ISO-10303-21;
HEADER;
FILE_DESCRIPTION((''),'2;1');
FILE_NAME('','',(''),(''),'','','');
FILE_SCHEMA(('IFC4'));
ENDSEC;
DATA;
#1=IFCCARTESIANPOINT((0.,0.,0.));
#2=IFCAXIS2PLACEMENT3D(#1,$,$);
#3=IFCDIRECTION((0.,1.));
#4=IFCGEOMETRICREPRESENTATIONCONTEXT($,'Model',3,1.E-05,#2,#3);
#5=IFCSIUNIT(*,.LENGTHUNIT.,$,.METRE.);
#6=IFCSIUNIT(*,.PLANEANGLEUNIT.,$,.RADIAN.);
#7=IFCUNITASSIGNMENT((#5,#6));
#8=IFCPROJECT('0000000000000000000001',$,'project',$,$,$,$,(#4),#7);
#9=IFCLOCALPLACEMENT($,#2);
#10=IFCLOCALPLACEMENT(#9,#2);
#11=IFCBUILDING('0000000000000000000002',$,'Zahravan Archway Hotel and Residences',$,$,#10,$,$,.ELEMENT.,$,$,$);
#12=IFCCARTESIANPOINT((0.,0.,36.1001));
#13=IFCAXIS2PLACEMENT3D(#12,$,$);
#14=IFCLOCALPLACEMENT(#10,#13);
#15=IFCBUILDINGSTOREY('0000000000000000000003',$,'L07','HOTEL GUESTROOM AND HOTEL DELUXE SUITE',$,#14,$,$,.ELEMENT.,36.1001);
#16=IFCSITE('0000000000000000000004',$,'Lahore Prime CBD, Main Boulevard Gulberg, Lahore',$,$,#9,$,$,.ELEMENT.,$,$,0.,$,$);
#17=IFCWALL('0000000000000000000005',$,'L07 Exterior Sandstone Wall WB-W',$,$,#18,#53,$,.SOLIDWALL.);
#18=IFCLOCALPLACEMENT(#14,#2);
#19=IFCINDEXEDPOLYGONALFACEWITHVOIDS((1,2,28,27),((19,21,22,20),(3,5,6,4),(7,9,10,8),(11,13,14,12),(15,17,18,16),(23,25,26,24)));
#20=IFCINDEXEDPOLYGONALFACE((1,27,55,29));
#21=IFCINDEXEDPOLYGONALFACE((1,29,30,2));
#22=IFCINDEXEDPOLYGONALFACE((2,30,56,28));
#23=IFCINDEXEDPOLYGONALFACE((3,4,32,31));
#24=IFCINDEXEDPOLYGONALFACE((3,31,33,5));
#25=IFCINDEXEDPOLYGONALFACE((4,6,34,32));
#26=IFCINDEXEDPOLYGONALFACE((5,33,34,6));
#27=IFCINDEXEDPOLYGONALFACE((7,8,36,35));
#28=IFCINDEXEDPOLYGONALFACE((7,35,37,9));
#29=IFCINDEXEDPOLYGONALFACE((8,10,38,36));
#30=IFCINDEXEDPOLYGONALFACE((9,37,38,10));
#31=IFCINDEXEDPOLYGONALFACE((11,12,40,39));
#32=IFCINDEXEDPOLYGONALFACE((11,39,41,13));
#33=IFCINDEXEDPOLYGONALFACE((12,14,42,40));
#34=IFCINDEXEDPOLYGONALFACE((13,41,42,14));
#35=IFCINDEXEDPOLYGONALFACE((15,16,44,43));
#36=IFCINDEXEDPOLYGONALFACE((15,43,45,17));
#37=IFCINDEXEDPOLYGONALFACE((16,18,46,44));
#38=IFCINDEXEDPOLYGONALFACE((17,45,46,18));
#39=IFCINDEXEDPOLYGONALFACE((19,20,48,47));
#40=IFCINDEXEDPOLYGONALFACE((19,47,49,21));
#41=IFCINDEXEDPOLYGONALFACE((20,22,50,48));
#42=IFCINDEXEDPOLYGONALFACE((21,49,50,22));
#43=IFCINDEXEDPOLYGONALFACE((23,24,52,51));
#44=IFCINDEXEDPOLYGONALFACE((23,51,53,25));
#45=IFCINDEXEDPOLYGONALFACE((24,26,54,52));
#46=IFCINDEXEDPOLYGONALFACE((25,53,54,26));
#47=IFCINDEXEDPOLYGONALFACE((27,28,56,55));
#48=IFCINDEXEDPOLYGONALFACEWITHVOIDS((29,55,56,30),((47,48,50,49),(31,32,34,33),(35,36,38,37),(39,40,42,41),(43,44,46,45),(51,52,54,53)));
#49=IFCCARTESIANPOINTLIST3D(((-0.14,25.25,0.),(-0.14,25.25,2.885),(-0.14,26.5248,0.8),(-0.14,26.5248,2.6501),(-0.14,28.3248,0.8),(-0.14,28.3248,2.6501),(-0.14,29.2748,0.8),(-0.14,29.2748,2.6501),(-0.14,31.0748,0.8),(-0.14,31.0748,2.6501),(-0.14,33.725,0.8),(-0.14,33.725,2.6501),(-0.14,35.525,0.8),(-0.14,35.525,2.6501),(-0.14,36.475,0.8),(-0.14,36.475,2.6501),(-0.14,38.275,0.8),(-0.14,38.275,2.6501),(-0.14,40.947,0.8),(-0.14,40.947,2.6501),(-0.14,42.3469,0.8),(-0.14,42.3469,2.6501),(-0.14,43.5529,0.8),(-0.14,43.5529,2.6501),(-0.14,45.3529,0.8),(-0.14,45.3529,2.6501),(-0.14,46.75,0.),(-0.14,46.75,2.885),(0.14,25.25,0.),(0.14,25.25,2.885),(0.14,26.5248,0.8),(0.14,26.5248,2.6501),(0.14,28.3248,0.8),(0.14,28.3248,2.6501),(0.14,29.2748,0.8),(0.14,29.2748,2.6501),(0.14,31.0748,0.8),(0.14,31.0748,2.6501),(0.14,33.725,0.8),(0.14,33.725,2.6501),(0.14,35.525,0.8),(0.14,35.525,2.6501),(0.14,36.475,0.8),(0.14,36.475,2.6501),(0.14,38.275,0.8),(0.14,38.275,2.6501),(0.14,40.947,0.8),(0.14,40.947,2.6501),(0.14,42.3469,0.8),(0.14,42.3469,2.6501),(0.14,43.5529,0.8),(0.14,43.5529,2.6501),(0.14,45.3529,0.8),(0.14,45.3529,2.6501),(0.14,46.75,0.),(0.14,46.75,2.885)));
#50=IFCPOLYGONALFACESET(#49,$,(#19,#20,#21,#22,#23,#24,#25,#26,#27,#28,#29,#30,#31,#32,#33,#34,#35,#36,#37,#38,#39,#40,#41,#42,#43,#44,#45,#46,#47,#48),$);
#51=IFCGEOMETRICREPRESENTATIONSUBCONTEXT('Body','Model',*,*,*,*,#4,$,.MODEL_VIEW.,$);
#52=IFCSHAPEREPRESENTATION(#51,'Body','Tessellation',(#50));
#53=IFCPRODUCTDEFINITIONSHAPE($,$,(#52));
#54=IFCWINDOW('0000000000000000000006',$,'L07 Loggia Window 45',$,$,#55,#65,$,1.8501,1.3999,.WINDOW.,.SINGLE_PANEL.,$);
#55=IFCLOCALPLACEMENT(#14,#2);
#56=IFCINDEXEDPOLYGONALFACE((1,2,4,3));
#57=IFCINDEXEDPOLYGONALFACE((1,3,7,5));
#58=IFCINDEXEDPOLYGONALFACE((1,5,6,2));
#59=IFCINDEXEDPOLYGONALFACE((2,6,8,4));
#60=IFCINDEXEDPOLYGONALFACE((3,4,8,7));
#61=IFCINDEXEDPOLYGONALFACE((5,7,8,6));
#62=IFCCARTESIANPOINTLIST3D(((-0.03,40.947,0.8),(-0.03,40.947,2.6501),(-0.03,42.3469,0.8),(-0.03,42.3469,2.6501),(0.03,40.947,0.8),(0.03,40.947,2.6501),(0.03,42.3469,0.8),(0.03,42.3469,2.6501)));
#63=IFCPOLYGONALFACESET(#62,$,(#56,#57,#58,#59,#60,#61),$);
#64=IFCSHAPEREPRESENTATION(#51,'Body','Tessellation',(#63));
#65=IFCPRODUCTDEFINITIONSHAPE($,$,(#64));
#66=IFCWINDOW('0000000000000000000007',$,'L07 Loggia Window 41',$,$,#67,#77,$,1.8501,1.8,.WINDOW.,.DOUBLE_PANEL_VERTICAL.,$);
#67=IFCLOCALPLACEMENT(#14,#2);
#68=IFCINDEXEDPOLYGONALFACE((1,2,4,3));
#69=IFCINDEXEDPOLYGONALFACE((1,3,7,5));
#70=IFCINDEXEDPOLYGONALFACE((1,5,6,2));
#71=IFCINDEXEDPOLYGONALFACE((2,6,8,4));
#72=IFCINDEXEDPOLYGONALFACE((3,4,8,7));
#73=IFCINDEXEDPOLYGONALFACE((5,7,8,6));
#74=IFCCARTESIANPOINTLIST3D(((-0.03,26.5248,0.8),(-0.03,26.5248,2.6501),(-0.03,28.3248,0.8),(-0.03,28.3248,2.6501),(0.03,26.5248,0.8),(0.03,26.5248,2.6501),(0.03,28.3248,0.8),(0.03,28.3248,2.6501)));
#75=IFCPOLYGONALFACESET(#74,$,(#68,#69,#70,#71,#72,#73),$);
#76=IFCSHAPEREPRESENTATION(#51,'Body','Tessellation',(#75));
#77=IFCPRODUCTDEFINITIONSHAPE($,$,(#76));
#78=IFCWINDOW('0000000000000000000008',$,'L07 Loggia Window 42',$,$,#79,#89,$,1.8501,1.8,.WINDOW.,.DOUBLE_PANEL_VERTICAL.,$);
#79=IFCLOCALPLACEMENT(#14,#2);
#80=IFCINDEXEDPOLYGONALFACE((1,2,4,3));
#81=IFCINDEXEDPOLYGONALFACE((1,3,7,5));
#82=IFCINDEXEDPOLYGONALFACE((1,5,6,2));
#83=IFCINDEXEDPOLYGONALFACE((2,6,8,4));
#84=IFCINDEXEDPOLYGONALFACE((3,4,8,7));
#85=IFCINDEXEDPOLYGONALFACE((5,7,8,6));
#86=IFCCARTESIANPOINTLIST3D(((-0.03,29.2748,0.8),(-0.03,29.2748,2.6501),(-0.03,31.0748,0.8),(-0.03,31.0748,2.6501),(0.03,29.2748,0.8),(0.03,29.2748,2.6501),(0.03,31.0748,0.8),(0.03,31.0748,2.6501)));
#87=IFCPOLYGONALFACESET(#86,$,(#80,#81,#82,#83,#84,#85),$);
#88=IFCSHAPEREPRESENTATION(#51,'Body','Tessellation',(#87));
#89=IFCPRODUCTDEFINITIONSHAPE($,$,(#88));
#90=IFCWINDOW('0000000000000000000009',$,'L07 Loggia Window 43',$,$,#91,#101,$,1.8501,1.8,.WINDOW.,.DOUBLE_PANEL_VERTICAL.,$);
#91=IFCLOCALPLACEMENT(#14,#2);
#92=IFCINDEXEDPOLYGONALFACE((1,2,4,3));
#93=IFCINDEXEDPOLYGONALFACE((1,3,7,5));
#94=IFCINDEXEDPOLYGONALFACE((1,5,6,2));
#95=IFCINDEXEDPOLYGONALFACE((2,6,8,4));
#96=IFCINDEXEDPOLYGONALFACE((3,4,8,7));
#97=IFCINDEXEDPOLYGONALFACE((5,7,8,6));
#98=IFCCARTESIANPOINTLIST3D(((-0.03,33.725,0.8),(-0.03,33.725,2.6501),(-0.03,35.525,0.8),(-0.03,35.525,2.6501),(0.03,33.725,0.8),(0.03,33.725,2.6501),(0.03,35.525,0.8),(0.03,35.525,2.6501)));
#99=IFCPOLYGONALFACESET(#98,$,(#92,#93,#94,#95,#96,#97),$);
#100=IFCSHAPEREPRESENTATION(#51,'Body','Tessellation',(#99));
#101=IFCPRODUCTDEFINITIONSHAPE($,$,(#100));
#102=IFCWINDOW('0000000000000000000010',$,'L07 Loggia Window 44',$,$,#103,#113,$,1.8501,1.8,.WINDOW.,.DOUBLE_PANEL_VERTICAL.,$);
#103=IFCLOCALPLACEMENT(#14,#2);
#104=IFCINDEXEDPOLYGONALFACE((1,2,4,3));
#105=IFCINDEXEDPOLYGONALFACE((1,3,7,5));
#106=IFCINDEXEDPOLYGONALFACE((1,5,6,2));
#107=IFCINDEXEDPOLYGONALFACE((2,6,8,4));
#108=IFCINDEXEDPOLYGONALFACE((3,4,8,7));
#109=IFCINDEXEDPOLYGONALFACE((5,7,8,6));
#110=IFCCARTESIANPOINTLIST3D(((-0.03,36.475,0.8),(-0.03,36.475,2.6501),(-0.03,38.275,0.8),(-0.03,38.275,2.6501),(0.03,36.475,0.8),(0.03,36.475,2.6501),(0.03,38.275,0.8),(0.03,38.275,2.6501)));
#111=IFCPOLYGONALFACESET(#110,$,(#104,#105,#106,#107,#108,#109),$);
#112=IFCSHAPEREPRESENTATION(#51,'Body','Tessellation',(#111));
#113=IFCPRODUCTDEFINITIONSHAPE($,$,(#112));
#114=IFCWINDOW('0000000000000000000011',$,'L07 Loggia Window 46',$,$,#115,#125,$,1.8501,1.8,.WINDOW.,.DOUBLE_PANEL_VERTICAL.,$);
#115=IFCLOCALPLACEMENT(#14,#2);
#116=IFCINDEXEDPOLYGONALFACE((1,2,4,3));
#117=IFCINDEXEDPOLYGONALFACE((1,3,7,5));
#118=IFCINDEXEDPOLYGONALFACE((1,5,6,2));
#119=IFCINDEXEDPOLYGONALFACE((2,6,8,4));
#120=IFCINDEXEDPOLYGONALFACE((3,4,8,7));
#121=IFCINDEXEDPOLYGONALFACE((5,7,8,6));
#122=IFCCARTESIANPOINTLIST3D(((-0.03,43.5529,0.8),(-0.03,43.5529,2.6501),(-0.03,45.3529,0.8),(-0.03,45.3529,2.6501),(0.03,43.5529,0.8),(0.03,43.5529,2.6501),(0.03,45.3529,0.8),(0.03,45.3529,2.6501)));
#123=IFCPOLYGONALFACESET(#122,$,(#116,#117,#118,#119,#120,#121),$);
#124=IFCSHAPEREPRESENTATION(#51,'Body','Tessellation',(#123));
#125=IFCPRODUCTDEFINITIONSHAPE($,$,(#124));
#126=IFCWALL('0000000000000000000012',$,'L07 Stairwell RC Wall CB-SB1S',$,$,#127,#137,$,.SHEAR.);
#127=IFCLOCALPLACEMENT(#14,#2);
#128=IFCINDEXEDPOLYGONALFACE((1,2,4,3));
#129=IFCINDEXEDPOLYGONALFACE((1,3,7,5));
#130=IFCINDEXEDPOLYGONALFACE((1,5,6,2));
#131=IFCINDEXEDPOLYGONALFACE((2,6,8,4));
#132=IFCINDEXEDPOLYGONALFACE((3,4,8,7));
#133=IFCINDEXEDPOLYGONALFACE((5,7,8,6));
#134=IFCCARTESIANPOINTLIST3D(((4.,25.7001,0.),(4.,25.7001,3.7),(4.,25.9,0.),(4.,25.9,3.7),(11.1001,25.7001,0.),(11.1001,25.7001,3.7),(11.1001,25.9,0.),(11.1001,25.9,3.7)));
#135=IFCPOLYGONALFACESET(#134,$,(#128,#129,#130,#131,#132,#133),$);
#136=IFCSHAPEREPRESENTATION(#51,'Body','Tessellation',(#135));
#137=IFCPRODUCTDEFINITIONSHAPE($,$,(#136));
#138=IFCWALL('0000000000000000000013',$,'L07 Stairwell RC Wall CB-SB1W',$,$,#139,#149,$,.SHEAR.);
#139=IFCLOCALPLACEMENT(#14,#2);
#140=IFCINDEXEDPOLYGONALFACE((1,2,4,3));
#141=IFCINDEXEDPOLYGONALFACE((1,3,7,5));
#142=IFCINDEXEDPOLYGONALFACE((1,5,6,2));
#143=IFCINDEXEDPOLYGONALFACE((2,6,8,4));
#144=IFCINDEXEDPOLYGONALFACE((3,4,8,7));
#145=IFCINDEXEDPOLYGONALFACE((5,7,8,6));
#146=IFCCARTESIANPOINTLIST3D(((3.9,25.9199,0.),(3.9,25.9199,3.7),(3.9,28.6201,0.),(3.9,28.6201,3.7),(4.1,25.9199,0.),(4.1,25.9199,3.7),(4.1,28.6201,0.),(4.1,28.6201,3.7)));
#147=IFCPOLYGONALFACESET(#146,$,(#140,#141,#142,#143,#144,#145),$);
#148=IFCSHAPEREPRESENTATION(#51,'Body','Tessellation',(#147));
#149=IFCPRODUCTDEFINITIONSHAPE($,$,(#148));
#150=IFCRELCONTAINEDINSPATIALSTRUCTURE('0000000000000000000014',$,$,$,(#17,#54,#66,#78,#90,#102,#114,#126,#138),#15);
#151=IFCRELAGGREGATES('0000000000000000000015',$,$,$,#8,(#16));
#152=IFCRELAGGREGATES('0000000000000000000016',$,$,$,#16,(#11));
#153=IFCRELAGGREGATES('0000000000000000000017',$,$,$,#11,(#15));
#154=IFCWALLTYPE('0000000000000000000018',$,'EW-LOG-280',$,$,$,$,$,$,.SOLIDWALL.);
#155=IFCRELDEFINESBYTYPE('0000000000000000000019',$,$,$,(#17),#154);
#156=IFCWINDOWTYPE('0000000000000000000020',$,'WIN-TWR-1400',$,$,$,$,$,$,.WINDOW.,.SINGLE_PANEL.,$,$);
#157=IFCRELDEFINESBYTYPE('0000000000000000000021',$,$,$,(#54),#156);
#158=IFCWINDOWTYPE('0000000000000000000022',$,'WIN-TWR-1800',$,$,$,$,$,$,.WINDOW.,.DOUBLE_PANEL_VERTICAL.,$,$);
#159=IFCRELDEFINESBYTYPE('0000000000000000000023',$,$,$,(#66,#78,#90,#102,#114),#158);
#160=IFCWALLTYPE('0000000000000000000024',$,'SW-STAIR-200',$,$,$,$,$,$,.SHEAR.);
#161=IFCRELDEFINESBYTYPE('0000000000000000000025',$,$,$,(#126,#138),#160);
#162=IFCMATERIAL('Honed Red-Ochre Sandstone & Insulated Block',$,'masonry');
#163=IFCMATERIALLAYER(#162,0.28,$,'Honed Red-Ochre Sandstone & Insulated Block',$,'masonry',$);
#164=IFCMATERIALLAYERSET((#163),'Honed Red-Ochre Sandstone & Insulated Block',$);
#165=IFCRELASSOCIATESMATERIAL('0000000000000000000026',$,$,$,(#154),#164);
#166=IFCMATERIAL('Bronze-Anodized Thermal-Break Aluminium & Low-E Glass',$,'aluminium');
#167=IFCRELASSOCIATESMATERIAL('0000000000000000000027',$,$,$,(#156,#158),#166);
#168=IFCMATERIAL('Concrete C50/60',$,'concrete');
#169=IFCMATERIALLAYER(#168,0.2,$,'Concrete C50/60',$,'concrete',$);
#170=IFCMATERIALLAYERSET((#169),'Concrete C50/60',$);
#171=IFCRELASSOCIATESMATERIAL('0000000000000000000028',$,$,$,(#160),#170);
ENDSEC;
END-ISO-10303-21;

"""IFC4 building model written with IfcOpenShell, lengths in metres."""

from ifc_helpers import new_model, si_unit, direction, frame, frame_2d, origin, place, context, subcontext, project, spatial, rectangle, extrude, source, transform, mapped, material, layer, layer_set, type_object, type_shapes, element, fill, save


model = new_model("IFC4")

# Units and contexts
model_context = context("Model", 3, precision=1e-05, world=origin(), true_north=direction((0.0, 1.0)))
body_context = subcontext(model_context, "Body", "Model", "MODEL_VIEW")
ifc_project = project(units=[si_unit("LENGTHUNIT", "METRE"), si_unit("PLANEANGLEUNIT", "RADIAN")], contexts=[model_context])

# Site, building, storey
site_placement = place(None, origin())
site = spatial("IfcSite", under=ifc_project, at=site_placement, Name="Lahore Prime CBD, Main Boulevard Gulberg, Lahore", CompositionType="ELEMENT", RefElevation=0.0)
building_placement = place(site_placement, origin())
building = spatial("IfcBuilding", under=site, at=building_placement, Name="Zahravan Archway Hotel and Residences", CompositionType="ELEMENT")
storey_placement = place(building_placement, frame((0.0, 0.0, 36.1001)))
storey = spatial("IfcBuildingStorey", under=building, at=storey_placement, Name="L07", Description="HOTEL GUESTROOM AND HOTEL DELUXE SUITE", CompositionType="ELEMENT", Elevation=36.1001)

# Shared definitions
ifc_material_1 = material(Name="Honed Red-Ochre Sandstone & Insulated Block", Category="masonry")
ifc_layer_1 = layer(ifc_material_1, 0.28, Name="Honed Red-Ochre Sandstone & Insulated Block", Category="masonry")
ifc_layer_set_1 = layer_set([ifc_layer_1], Name="Honed Red-Ochre Sandstone & Insulated Block")
wall_type_1 = type_object("IfcWallType", Name="EW-LOG-280", PredefinedType="SOLIDWALL", material=ifc_layer_set_1)

# Wall, openings, windows
wall_1_placement = place(storey_placement, frame((0.0, 25.25, 0.0), z_axis=(0.0, 0.0, 1.0), x_axis=(0.0, 1.0, 0.0)))
wall_1 = element("IfcWall", 1, at=wall_1_placement, inside=storey, type_object=wall_type_1, Name="L07 Exterior Sandstone Wall WB-W", PredefinedType="SOLIDWALL", context=body_context, shape_type="SweptSolid", body=[
    extrude(rectangle(XDim=21.5, YDim=0.28, at=frame_2d((10.75, 0.0))), origin(), (0.0, 0.0, 1.0), 2.885),
])
opening_1_placement = place(wall_1_placement, frame((1.2749, 0.0, 0.8)))
opening_1 = element("IfcOpeningElement", 2, at=opening_1_placement, cuts=wall_1, PredefinedType="OPENING", context=body_context, shape_type="SweptSolid", body=[
    extrude(rectangle(XDim=1.8, YDim=1.8501, at=frame_2d((0.8999, 0.925))), frame((0.0, 0.1499, 0.0), z_axis=(0.0, -1.0, 0.0), x_axis=(1.0, 0.0, 0.0)), (0.0, 0.0, 1.0), 0.3),
])
opening_2_placement = place(wall_1_placement, frame((4.0249, 0.0, 0.8)))
opening_2 = element("IfcOpeningElement", 3, at=opening_2_placement, cuts=wall_1, PredefinedType="OPENING", context=body_context, shape_type="SweptSolid", body=[
    extrude(rectangle(XDim=1.8, YDim=1.8501, at=frame_2d((0.8999, 0.925))), frame((0.0, 0.1499, 0.0), z_axis=(0.0, -1.0, 0.0), x_axis=(1.0, 0.0, 0.0)), (0.0, 0.0, 1.0), 0.3),
])
opening_3_placement = place(wall_1_placement, frame((8.4751, 0.0, 0.8)))
opening_3 = element("IfcOpeningElement", 4, at=opening_3_placement, cuts=wall_1, PredefinedType="OPENING", context=body_context, shape_type="SweptSolid", body=[
    extrude(rectangle(XDim=1.8, YDim=1.8501, at=frame_2d((0.8999, 0.925))), frame((0.0, 0.1499, 0.0), z_axis=(0.0, -1.0, 0.0), x_axis=(1.0, 0.0, 0.0)), (0.0, 0.0, 1.0), 0.3),
])
opening_4_placement = place(wall_1_placement, frame((11.2251, 0.0, 0.8)))
opening_4 = element("IfcOpeningElement", 5, at=opening_4_placement, cuts=wall_1, PredefinedType="OPENING", context=body_context, shape_type="SweptSolid", body=[
    extrude(rectangle(XDim=1.8, YDim=1.8501, at=frame_2d((0.8999, 0.925))), frame((0.0, 0.1499, 0.0), z_axis=(0.0, -1.0, 0.0), x_axis=(1.0, 0.0, 0.0)), (0.0, 0.0, 1.0), 0.3),
])
opening_5_placement = place(wall_1_placement, frame((15.697, 0.0, 0.8)))
opening_5 = element("IfcOpeningElement", 6, at=opening_5_placement, cuts=wall_1, PredefinedType="OPENING", context=body_context, shape_type="SweptSolid", body=[
    extrude(rectangle(XDim=1.3999, YDim=1.8501, at=frame_2d((0.7, 0.925))), frame((0.0, 0.1499, 0.0), z_axis=(0.0, -1.0, 0.0), x_axis=(1.0, 0.0, 0.0)), (0.0, 0.0, 1.0), 0.3),
])
opening_6_placement = place(wall_1_placement, frame((18.303, 0.0, 0.8)))
opening_6 = element("IfcOpeningElement", 7, at=opening_6_placement, cuts=wall_1, PredefinedType="OPENING", context=body_context, shape_type="SweptSolid", body=[
    extrude(rectangle(XDim=1.8, YDim=1.8501, at=frame_2d((0.8999, 0.925))), frame((0.0, 0.1499, 0.0), z_axis=(0.0, -1.0, 0.0), x_axis=(1.0, 0.0, 0.0)), (0.0, 0.0, 1.0), 0.3),
])
ifc_material_2 = material(Name="Bronze-Anodized Thermal-Break Aluminium & Low-E Glass", Category="aluminium")
window_type_1 = type_object("IfcWindowType", Name="WIN-TWR-1400", PartitioningType="SINGLE_PANEL", PredefinedType="WINDOW", material=ifc_material_2)
shared_shape_1 = source(origin(), body_context, "Body", "SweptSolid", [
    extrude(rectangle(XDim=1.3999, YDim=1.8501, at=frame_2d((0.7, 0.925))), frame((0.0, 0.03, 0.0), z_axis=(0.0, -1.0, 0.0), x_axis=(1.0, 0.0, 0.0)), (0.0, 0.0, 1.0), 0.0601),
])
type_shapes(window_type_1, [shared_shape_1])
window_1_placement = place(opening_5_placement, origin())
window_1 = element("IfcWindow", 8, at=window_1_placement, inside=storey, type_object=window_type_1, Name="L07 Loggia Window 45", OverallHeight=1.8501, OverallWidth=1.3999, PartitioningType="SINGLE_PANEL", PredefinedType="WINDOW", context=body_context, shape_type="MappedRepresentation", body=[
    mapped(shared_shape_1, transform((0.0, 0.0, 0.0), scale=1.0)),
])
fill(opening_5, window_1)
window_type_2 = type_object("IfcWindowType", Name="WIN-TWR-1800", PartitioningType="DOUBLE_PANEL_VERTICAL", PredefinedType="WINDOW", material=ifc_material_2)
shared_shape_2 = source(origin(), body_context, "Body", "SweptSolid", [
    extrude(rectangle(XDim=1.8, YDim=1.8501, at=frame_2d((0.8999, 0.925))), frame((0.0, 0.03, 0.0), z_axis=(0.0, -1.0, 0.0), x_axis=(1.0, 0.0, 0.0)), (0.0, 0.0, 1.0), 0.0601),
])
type_shapes(window_type_2, [shared_shape_2])
window_2_placement = place(opening_1_placement, origin())
window_2 = element("IfcWindow", 9, at=window_2_placement, inside=storey, type_object=window_type_2, Name="L07 Loggia Window 41", OverallHeight=1.8501, OverallWidth=1.8, PartitioningType="DOUBLE_PANEL_VERTICAL", PredefinedType="WINDOW", context=body_context, shape_type="MappedRepresentation", body=[
    mapped(shared_shape_2, transform((0.0, 0.0, 0.0), scale=1.0)),
])
fill(opening_1, window_2)
window_3_placement = place(opening_2_placement, origin())
window_3 = element("IfcWindow", 10, at=window_3_placement, inside=storey, type_object=window_type_2, Name="L07 Loggia Window 42", OverallHeight=1.8501, OverallWidth=1.8, PartitioningType="DOUBLE_PANEL_VERTICAL", PredefinedType="WINDOW", context=body_context, shape_type="MappedRepresentation", body=[
    mapped(shared_shape_2, transform((0.0, 0.0, 0.0), scale=1.0)),
])
fill(opening_2, window_3)
window_4_placement = place(opening_3_placement, origin())
window_4 = element("IfcWindow", 11, at=window_4_placement, inside=storey, type_object=window_type_2, Name="L07 Loggia Window 43", OverallHeight=1.8501, OverallWidth=1.8, PartitioningType="DOUBLE_PANEL_VERTICAL", PredefinedType="WINDOW", context=body_context, shape_type="MappedRepresentation", body=[
    mapped(shared_shape_2, transform((0.0, 0.0, 0.0), scale=1.0)),
])
fill(opening_3, window_4)
window_5_placement = place(opening_4_placement, origin())
window_5 = element("IfcWindow", 12, at=window_5_placement, inside=storey, type_object=window_type_2, Name="L07 Loggia Window 44", OverallHeight=1.8501, OverallWidth=1.8, PartitioningType="DOUBLE_PANEL_VERTICAL", PredefinedType="WINDOW", context=body_context, shape_type="MappedRepresentation", body=[
    mapped(shared_shape_2, transform((0.0, 0.0, 0.0), scale=1.0)),
])
fill(opening_4, window_5)
window_6_placement = place(opening_6_placement, origin())
window_6 = element("IfcWindow", 13, at=window_6_placement, inside=storey, type_object=window_type_2, Name="L07 Loggia Window 46", OverallHeight=1.8501, OverallWidth=1.8, PartitioningType="DOUBLE_PANEL_VERTICAL", PredefinedType="WINDOW", context=body_context, shape_type="MappedRepresentation", body=[
    mapped(shared_shape_2, transform((0.0, 0.0, 0.0), scale=1.0)),
])
fill(opening_6, window_6)

# Walls
ifc_material_3 = material(Name="Concrete C50/60", Category="concrete")
ifc_layer_2 = layer(ifc_material_3, 0.2, Name="Concrete C50/60", Category="concrete")
ifc_layer_set_2 = layer_set([ifc_layer_2], Name="Concrete C50/60")
wall_type_2 = type_object("IfcWallType", Name="SW-STAIR-200", PredefinedType="SHEAR", material=ifc_layer_set_2)
wall_2_placement = place(storey_placement, frame((4.0, 25.8, 0.0), z_axis=(0.0, 0.0, 1.0), x_axis=(1.0, 0.0, 0.0)))
element("IfcWall", 14, at=wall_2_placement, inside=storey, type_object=wall_type_2, Name="L07 Stairwell RC Wall CB-SB1S", PredefinedType="SHEAR", context=body_context, shape_type="SweptSolid", body=[
    extrude(rectangle(XDim=7.1001, YDim=0.2, at=frame_2d((3.55, 0.0))), origin(), (0.0, 0.0, 1.0), 3.7),
])
wall_3_placement = place(storey_placement, frame((4.0, 25.9199, 0.0), z_axis=(0.0, 0.0, 1.0), x_axis=(0.0, 1.0, 0.0)))
element("IfcWall", 15, at=wall_3_placement, inside=storey, type_object=wall_type_2, Name="L07 Stairwell RC Wall CB-SB1W", PredefinedType="SHEAR", context=body_context, shape_type="SweptSolid", body=[
    extrude(rectangle(XDim=2.7002, YDim=0.2, at=frame_2d((1.3501, 0.0))), origin(), (0.0, 0.0, 1.0), 3.7),
])

save(model, "model.ifc")
